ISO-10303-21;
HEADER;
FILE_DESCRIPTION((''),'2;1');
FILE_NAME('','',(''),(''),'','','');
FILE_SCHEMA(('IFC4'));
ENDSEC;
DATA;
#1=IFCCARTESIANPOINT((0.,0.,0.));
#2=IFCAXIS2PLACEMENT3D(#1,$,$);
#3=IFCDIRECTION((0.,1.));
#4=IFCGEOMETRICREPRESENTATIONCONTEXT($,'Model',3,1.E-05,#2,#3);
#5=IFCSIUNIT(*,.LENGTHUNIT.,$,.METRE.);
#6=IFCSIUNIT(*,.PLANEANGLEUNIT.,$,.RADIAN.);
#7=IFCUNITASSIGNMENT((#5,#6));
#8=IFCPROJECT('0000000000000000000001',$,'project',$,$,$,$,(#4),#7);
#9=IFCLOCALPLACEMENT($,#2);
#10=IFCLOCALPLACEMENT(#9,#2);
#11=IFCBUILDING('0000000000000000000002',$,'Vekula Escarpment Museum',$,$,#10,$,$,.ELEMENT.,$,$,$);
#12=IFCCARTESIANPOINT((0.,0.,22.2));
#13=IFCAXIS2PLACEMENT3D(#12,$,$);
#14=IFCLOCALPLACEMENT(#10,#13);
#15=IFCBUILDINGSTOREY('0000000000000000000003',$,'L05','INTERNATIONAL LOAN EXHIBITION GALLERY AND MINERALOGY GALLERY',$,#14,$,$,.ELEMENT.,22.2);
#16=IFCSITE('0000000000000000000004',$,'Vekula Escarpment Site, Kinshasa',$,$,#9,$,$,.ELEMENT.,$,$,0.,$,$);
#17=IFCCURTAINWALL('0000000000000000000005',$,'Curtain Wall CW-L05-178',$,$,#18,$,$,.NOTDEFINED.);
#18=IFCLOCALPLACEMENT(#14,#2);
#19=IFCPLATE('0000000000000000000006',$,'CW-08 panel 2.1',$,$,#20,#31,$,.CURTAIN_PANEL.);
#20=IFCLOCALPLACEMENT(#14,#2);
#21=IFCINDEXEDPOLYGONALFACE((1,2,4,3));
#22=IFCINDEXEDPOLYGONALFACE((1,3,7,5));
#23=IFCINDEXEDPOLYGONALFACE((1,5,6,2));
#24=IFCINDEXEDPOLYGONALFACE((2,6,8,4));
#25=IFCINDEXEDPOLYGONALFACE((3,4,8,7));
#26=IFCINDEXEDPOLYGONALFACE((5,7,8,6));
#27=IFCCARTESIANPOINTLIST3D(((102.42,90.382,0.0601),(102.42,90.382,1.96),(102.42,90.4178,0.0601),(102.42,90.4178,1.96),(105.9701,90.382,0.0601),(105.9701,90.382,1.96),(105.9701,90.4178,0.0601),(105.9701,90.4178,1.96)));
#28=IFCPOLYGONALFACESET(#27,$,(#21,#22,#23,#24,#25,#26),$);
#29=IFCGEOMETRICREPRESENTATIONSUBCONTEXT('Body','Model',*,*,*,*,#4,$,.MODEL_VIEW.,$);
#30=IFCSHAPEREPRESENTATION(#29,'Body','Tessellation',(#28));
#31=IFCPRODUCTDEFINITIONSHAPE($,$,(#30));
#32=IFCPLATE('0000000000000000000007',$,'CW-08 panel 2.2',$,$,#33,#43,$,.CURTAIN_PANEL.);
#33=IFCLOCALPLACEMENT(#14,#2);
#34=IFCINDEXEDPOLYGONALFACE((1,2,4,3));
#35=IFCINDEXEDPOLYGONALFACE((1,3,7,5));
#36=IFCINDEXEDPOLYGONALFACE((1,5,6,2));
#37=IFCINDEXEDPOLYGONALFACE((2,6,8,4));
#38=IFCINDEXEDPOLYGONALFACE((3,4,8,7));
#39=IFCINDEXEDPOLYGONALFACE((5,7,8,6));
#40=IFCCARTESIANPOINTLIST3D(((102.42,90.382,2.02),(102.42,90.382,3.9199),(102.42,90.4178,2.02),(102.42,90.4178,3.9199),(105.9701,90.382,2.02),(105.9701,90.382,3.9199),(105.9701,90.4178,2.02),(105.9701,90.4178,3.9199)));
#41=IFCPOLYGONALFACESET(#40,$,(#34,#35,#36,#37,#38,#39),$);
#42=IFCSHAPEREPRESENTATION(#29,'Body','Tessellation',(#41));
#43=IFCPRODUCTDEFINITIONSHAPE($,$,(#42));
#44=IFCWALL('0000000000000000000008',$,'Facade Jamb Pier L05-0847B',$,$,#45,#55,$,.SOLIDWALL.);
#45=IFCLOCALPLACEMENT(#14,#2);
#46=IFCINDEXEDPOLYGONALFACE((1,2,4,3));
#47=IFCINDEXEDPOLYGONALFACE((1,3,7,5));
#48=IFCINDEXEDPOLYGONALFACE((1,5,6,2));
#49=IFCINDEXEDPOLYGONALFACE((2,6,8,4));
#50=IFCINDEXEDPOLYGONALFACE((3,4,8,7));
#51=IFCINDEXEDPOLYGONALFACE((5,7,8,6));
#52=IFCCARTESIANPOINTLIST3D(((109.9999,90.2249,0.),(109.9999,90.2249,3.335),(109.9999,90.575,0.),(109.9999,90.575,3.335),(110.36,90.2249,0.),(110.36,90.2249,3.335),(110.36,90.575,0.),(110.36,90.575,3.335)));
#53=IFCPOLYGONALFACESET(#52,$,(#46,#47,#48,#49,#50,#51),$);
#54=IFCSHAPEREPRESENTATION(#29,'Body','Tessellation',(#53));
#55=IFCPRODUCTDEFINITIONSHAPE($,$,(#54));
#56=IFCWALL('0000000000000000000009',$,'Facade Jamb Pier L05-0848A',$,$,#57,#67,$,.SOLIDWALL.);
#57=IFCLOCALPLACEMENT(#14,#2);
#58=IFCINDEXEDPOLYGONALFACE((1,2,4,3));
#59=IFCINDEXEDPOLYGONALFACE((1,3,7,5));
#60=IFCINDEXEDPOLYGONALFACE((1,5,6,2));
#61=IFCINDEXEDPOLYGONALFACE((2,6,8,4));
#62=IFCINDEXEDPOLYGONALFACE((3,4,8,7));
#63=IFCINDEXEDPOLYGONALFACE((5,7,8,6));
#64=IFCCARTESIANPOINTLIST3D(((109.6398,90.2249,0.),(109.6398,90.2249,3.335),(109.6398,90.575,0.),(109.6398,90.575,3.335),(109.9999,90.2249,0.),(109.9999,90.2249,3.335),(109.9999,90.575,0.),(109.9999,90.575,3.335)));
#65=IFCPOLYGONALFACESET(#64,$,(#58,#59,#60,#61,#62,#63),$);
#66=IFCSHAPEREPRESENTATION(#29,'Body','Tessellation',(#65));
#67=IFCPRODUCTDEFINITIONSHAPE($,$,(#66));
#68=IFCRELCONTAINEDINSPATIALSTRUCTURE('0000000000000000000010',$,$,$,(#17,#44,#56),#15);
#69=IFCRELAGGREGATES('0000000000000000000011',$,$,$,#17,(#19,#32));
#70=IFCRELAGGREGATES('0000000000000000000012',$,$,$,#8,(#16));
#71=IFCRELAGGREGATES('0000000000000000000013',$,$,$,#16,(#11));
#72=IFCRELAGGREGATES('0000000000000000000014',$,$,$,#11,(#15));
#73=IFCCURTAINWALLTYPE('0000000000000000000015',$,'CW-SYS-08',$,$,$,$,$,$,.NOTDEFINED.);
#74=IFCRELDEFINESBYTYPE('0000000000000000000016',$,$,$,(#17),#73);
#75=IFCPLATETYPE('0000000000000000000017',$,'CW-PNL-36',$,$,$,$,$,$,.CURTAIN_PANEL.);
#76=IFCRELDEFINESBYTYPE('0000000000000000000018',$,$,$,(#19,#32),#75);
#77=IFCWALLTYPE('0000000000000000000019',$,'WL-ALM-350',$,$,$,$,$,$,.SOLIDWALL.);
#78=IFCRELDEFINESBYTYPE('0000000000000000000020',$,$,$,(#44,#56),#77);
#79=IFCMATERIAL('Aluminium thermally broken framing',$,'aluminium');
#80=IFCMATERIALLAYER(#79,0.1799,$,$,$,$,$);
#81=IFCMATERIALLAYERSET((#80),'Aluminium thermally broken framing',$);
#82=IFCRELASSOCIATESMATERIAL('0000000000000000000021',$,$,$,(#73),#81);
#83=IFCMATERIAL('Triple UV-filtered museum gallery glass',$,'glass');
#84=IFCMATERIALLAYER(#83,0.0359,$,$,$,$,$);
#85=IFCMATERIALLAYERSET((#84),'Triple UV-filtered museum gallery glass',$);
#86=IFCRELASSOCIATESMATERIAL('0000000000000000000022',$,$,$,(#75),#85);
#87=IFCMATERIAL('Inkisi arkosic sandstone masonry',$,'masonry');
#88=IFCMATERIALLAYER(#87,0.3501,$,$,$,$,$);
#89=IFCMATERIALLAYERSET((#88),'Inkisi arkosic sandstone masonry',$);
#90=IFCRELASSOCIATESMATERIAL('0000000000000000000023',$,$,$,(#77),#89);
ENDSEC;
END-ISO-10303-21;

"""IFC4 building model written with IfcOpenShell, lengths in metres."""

from ifc_helpers import new_model, si_unit, direction, frame, frame_2d, origin, origin_2d, place, context, subcontext, project, spatial, rectangle, extrude, material, layer, layer_set, type_object, element, aggregate, save


model = new_model("IFC4")

# Units and contexts
model_context = context("Model", 3, precision=1e-05, world=origin(), true_north=direction((0.0, 1.0)))
body_context = subcontext(model_context, "Body", "Model", "MODEL_VIEW")
ifc_project = project(units=[si_unit("LENGTHUNIT", "METRE"), si_unit("PLANEANGLEUNIT", "RADIAN")], contexts=[model_context])

# Site, building, storey
site_placement = place(None, origin())
site = spatial("IfcSite", under=ifc_project, at=site_placement, Name="Vekula Escarpment Site, Kinshasa", CompositionType="ELEMENT", RefElevation=0.0)
building_placement = place(site_placement, origin())
building = spatial("IfcBuilding", under=site, at=building_placement, Name="Vekula Escarpment Museum", CompositionType="ELEMENT")
storey_placement = place(building_placement, frame((0.0, 0.0, 22.2)))
storey = spatial("IfcBuildingStorey", under=building, at=storey_placement, Name="L05", Description="INTERNATIONAL LOAN EXHIBITION GALLERY AND MINERALOGY GALLERY", CompositionType="ELEMENT", Elevation=22.2)

# Curtain wall
ifc_material_1 = material(Name="Aluminium thermally broken framing", Category="aluminium")
ifc_layer_1 = layer(ifc_material_1, 0.1799)
ifc_layer_set_1 = layer_set([ifc_layer_1], Name="Aluminium thermally broken framing")
curtain_wall_type_1 = type_object("IfcCurtainWallType", Name="CW-SYS-08", PredefinedType="NOTDEFINED", material=ifc_layer_set_1)
curtain_wall_1_placement = place(storey_placement, origin())
curtain_wall_1 = element("IfcCurtainWall", 1, at=curtain_wall_1_placement, inside=storey, type_object=curtain_wall_type_1, Name="Curtain Wall CW-L05-178", PredefinedType="NOTDEFINED")

# Plates
ifc_material_2 = material(Name="Triple UV-filtered museum gallery glass", Category="glass")
ifc_layer_2 = layer(ifc_material_2, 0.0359)
ifc_layer_set_2 = layer_set([ifc_layer_2], Name="Triple UV-filtered museum gallery glass")
plate_type_1 = type_object("IfcPlateType", Name="CW-PNL-36", PredefinedType="CURTAIN_PANEL", material=ifc_layer_set_2)
plate_1_placement = place(storey_placement, frame((104.1951, 90.3999, 0.0601), z_axis=(0.0, 0.0, 1.0), x_axis=(-1.0, 0.0, 0.0)))
plate_1 = element("IfcPlate", 2, at=plate_1_placement, type_object=plate_type_1, Name="CW-08 panel 2.1", PredefinedType="CURTAIN_PANEL", context=body_context, shape_type="SweptSolid", body=[
    extrude(rectangle(XDim=3.55, YDim=0.0359, at=origin_2d()), origin(), (0.0, 0.0, 1.0), 1.8999),
])
plate_2_placement = place(storey_placement, frame((104.1951, 90.3999, 2.02), z_axis=(0.0, 0.0, 1.0), x_axis=(-1.0, 0.0, 0.0)))
plate_2 = element("IfcPlate", 3, at=plate_2_placement, type_object=plate_type_1, Name="CW-08 panel 2.2", PredefinedType="CURTAIN_PANEL", context=body_context, shape_type="SweptSolid", body=[
    extrude(rectangle(XDim=3.55, YDim=0.0359, at=origin_2d()), origin(), (0.0, 0.0, 1.0), 1.8999),
])
aggregate(curtain_wall_1, [plate_1, plate_2])

# Walls
ifc_material_3 = material(Name="Inkisi arkosic sandstone masonry", Category="masonry")
ifc_layer_3 = layer(ifc_material_3, 0.3501)
ifc_layer_set_3 = layer_set([ifc_layer_3], Name="Inkisi arkosic sandstone masonry")
wall_type = type_object("IfcWallType", Name="WL-ALM-350", PredefinedType="SOLIDWALL", material=ifc_layer_set_3)
for number, where, z_axis, x_axis, name in (
    (4, (110.3601, 90.3999, 0.0), (0.0, 0.0, 1.0), (-1.0, 0.0, 0.0), "Facade Jamb Pier L05-0847B"),
    (5, (110.0, 90.3999, 0.0), (0.0, 0.0, 1.0), (-1.0, 0.0, 0.0), "Facade Jamb Pier L05-0848A"),
):
    element("IfcWall", number, at=place(storey_placement, frame(where, z_axis=z_axis, x_axis=x_axis)), inside=storey, type_object=wall_type, Name=name, PredefinedType="SOLIDWALL", context=body_context, shape_type="SweptSolid", body=[
        extrude(rectangle(XDim=0.3601, YDim=0.3501, at=frame_2d((0.1802, 0.0))), origin(), (0.0, 0.0, 1.0), 3.335),
    ])

save(model, "model.ifc")
